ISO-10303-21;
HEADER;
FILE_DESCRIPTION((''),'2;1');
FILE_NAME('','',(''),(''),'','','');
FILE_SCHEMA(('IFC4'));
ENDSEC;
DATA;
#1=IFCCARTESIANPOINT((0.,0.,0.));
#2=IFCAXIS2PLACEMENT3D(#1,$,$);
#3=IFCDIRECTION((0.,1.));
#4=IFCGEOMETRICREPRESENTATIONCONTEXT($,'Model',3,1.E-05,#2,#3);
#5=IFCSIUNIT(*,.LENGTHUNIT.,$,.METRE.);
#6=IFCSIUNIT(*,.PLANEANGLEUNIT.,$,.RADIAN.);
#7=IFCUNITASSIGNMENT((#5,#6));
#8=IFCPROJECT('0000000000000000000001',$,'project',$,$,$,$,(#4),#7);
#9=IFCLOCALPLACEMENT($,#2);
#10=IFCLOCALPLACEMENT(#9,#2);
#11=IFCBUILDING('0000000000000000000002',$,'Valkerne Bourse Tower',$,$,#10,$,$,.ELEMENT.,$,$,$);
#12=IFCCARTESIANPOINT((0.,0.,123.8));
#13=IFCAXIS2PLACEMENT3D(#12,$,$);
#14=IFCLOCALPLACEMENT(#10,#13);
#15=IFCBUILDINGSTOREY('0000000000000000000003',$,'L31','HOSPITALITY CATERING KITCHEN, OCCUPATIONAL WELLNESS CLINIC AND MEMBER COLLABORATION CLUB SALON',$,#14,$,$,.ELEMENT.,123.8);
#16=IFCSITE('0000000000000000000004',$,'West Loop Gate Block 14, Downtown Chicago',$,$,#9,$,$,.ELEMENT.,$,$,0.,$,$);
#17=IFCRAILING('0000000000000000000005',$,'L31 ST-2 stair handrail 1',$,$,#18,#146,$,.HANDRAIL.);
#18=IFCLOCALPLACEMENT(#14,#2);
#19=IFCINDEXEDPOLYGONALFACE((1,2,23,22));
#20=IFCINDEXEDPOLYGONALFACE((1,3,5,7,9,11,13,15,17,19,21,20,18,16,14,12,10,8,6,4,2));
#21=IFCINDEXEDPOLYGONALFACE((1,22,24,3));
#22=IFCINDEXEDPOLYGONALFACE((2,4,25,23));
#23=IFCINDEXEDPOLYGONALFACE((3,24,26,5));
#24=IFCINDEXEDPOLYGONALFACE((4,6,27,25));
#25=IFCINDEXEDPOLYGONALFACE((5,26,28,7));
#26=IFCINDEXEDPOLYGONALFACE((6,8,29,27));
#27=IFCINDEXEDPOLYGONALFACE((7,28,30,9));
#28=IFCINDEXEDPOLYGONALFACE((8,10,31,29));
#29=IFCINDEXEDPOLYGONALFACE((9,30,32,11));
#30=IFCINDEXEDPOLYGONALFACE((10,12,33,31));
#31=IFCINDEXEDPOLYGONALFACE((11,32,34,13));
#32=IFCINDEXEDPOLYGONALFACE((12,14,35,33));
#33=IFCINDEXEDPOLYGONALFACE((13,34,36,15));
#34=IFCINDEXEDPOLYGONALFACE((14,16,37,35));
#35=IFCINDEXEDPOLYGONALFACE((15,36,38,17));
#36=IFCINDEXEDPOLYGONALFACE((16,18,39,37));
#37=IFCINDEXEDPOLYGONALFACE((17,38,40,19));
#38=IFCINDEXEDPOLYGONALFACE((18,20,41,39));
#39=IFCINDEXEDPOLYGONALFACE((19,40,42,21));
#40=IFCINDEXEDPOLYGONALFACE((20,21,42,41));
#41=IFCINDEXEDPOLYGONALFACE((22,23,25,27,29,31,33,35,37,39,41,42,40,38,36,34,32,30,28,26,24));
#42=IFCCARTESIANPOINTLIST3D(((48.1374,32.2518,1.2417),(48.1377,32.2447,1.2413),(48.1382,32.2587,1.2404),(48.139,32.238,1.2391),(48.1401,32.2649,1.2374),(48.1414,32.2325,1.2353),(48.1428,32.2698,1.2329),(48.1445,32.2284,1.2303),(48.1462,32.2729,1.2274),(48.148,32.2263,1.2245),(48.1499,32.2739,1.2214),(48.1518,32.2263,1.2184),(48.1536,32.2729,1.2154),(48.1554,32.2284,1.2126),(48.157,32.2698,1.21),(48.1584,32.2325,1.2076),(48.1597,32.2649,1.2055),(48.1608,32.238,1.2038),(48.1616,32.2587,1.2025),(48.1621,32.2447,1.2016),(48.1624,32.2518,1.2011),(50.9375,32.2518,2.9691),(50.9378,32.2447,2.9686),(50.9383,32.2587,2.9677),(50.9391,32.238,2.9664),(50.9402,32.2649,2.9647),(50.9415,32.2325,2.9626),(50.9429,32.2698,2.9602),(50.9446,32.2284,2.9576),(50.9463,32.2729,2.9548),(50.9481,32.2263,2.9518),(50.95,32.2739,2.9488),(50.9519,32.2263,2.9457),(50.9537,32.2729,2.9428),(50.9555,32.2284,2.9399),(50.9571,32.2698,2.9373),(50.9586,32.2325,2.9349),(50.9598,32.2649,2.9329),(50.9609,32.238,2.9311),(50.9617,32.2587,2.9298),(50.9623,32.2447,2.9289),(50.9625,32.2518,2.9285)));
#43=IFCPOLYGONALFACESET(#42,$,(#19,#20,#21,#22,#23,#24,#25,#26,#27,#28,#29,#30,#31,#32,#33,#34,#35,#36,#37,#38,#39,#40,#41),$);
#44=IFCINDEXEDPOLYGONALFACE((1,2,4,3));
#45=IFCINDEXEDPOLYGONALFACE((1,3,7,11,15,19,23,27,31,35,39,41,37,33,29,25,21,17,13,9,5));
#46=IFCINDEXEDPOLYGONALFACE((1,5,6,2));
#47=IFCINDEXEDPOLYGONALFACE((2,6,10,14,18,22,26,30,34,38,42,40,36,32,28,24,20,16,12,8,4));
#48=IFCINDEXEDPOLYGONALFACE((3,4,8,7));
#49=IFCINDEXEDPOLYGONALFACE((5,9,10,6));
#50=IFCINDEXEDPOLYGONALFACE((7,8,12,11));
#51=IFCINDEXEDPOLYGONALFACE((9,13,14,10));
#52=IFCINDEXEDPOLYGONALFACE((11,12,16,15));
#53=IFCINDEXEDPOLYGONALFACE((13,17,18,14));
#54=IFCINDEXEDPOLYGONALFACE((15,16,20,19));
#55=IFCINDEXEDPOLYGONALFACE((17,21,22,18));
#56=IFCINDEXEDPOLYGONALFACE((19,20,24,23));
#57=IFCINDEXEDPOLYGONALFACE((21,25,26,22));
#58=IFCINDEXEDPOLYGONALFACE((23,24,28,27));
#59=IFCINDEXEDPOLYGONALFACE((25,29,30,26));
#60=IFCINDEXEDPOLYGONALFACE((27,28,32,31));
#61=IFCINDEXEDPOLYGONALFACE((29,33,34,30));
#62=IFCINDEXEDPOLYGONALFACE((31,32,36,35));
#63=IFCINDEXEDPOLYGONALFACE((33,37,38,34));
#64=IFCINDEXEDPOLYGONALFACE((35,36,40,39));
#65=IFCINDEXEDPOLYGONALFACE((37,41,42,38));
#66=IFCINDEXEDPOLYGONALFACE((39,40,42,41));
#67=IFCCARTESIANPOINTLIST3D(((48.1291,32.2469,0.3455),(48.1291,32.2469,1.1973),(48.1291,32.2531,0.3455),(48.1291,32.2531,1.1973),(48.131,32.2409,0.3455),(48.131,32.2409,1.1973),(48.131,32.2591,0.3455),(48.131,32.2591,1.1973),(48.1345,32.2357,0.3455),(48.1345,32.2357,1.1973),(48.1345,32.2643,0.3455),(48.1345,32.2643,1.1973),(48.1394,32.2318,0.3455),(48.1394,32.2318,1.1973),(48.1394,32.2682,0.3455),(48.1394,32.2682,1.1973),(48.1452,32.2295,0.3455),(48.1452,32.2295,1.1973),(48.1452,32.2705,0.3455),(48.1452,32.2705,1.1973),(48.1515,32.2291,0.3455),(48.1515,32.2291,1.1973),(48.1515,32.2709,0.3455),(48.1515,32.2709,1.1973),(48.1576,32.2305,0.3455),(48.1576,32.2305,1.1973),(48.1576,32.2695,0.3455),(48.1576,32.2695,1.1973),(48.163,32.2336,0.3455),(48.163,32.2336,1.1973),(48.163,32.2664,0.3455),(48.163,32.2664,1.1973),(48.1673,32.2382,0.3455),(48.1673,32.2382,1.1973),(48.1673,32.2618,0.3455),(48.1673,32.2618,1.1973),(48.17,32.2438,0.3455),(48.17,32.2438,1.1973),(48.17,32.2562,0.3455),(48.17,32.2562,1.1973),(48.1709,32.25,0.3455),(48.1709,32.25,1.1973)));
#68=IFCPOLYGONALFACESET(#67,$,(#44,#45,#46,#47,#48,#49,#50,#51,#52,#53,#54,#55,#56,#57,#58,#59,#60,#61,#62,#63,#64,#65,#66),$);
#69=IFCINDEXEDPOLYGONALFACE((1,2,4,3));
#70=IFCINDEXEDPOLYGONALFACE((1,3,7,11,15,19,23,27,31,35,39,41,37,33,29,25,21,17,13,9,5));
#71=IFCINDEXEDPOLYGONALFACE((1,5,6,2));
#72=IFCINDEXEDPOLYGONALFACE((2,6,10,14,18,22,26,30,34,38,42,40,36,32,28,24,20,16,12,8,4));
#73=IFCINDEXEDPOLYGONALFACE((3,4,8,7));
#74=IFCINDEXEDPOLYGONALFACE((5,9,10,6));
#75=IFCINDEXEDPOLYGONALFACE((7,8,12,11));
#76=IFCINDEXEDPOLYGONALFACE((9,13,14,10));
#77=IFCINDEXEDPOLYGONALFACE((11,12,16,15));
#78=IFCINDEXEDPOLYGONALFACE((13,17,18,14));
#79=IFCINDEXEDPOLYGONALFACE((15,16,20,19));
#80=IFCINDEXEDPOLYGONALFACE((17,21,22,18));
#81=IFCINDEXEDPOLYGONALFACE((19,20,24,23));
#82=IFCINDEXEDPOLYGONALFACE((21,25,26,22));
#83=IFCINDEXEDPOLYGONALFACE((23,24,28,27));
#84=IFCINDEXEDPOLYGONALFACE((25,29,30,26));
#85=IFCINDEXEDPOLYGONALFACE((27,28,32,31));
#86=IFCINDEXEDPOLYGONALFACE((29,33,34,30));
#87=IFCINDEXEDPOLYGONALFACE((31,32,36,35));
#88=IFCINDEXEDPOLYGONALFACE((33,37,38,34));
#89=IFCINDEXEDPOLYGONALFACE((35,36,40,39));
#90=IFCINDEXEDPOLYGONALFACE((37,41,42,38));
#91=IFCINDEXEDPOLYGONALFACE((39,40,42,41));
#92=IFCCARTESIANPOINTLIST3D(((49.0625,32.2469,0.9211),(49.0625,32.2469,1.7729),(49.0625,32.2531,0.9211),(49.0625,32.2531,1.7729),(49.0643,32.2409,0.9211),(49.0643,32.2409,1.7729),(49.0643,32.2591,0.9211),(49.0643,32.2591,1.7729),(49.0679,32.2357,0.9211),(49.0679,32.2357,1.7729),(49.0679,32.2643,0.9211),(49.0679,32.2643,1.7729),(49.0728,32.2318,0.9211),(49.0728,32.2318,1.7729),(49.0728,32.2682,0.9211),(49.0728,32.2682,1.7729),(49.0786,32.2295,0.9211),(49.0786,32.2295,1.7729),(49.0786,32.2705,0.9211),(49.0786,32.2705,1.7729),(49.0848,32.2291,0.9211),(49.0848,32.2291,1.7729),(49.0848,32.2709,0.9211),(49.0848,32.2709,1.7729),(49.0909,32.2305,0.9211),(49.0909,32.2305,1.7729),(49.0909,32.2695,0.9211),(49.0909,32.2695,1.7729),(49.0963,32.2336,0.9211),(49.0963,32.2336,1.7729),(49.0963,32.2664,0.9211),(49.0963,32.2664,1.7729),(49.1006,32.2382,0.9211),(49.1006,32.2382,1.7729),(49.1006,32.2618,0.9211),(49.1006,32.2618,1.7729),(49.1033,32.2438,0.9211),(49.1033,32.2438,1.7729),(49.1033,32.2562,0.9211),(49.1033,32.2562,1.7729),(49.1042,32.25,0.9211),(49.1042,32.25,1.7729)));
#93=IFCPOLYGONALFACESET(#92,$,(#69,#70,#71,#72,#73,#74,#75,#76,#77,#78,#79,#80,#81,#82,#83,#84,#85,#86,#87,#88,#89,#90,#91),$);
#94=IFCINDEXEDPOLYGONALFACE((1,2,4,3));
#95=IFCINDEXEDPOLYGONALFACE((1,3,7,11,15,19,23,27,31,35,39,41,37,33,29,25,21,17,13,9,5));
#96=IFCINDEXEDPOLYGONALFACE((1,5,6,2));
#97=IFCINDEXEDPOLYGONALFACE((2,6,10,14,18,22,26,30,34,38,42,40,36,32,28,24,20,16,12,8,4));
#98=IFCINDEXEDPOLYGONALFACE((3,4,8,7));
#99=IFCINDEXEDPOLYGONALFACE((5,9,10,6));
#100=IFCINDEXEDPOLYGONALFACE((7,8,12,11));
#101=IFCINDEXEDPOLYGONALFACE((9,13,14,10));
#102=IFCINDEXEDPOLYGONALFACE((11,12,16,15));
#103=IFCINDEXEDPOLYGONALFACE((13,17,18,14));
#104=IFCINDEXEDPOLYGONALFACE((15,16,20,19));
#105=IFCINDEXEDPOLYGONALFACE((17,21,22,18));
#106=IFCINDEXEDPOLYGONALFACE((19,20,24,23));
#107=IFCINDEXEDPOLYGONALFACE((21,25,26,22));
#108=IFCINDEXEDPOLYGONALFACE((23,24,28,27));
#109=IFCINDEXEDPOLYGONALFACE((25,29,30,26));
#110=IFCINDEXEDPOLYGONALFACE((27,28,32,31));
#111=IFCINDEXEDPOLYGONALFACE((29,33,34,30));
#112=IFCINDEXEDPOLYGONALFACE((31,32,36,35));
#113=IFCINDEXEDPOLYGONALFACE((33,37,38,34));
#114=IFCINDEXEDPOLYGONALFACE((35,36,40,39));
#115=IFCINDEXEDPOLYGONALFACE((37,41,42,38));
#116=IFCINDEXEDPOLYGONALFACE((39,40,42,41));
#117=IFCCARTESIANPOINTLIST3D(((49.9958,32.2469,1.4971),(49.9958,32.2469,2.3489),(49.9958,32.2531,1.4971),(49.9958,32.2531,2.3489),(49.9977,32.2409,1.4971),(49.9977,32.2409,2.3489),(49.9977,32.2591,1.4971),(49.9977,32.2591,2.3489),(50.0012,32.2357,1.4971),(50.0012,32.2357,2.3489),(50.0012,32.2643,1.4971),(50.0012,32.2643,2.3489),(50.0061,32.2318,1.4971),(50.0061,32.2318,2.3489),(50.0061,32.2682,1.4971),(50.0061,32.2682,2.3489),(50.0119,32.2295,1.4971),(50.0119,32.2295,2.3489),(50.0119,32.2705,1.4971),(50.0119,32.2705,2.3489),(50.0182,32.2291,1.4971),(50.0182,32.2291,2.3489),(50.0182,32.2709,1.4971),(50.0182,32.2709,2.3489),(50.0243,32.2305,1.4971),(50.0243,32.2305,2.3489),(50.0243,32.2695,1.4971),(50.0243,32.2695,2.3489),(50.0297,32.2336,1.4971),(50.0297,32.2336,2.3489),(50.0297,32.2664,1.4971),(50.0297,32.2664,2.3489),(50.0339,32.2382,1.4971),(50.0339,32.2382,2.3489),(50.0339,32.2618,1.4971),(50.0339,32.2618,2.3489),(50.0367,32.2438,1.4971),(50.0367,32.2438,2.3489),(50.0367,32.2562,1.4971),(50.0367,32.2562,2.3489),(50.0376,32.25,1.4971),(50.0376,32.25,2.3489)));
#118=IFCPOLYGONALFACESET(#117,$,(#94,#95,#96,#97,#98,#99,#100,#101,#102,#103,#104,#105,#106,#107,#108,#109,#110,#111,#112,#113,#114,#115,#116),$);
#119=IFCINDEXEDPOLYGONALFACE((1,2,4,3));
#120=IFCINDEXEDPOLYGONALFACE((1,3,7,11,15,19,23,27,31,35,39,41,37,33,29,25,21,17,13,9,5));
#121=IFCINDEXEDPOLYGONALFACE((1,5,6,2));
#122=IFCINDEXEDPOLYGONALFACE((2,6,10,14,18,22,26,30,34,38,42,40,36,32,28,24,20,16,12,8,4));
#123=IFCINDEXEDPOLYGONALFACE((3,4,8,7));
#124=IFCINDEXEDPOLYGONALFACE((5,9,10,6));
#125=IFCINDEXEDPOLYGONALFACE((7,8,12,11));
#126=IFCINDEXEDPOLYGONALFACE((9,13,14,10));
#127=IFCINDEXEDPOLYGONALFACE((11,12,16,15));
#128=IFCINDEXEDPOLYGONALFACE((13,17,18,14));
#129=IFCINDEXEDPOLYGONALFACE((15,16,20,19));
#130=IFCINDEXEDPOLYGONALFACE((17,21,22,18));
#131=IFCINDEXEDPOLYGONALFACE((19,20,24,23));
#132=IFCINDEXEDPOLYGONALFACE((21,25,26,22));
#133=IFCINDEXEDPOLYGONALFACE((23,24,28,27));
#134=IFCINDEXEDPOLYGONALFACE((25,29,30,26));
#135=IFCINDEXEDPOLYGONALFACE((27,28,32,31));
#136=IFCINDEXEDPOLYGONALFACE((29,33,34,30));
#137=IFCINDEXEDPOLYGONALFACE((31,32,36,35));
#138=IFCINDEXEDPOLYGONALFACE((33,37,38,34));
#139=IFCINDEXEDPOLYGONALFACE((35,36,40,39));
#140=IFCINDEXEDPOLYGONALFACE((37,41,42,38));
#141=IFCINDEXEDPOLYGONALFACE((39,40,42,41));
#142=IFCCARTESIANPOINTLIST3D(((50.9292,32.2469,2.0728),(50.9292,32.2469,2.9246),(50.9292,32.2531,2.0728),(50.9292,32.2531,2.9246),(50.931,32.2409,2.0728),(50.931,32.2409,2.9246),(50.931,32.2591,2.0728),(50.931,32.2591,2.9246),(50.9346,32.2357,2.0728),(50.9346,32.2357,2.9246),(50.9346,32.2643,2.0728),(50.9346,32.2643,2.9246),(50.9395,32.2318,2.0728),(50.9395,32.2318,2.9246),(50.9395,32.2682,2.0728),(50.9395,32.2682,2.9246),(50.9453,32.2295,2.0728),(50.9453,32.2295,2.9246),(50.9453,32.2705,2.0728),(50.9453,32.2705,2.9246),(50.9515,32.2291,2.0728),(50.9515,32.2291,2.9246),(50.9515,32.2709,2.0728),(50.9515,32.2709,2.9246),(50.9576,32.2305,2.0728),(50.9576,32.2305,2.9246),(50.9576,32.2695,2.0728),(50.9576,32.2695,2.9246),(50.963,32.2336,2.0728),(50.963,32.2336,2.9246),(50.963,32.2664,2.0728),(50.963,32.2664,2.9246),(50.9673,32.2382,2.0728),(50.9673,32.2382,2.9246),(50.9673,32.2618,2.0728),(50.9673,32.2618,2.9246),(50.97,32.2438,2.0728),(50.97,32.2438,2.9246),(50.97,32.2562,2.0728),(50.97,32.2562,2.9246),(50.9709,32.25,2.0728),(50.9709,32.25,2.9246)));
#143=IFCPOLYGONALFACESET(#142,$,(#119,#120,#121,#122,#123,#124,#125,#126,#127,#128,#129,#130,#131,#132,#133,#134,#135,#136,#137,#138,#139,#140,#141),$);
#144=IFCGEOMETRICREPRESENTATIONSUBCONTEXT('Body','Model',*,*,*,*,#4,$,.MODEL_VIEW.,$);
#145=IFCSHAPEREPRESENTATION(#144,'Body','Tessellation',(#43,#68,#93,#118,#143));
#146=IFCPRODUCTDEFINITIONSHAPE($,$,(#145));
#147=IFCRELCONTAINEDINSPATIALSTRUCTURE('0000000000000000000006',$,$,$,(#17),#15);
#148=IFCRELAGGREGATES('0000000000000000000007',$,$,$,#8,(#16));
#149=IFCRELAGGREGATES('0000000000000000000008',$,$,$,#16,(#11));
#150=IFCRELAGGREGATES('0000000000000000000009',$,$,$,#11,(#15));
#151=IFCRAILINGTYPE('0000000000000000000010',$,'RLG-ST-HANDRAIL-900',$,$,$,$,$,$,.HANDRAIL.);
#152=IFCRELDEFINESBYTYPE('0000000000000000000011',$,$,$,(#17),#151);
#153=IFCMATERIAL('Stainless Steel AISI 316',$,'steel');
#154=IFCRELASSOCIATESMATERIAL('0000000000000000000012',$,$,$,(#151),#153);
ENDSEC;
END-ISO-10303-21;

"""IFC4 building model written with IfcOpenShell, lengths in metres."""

from ifc_helpers import new_model, si_unit, direction, frame, origin, origin_2d, place, context, subcontext, project, spatial, circle, extrude, material, type_object, element, save


model = new_model("IFC4")

# Units and contexts
model_context = context("Model", 3, precision=1e-05, world=origin(), true_north=direction((0.0, 1.0)))
body_context = subcontext(model_context, "Body", "Model", "MODEL_VIEW")
ifc_project = project(units=[si_unit("LENGTHUNIT", "METRE"), si_unit("PLANEANGLEUNIT", "RADIAN")], contexts=[model_context])

# Site, building, storey
site_placement = place(None, origin())
site = spatial("IfcSite", under=ifc_project, at=site_placement, Name="West Loop Gate Block 14, Downtown Chicago", CompositionType="ELEMENT", RefElevation=0.0)
building_placement = place(site_placement, origin())
building = spatial("IfcBuilding", under=site, at=building_placement, Name="Valkerne Bourse Tower", CompositionType="ELEMENT")
storey_placement = place(building_placement, frame((0.0, 0.0, 123.8)))
storey = spatial("IfcBuildingStorey", under=building, at=storey_placement, Name="L31", Description="HOSPITALITY CATERING KITCHEN, OCCUPATIONAL WELLNESS CLINIC AND MEMBER COLLABORATION CLUB SALON", CompositionType="ELEMENT", Elevation=123.8)

# Shared definitions
ifc_material_1 = material(Name="Stainless Steel AISI 316", Category="steel")

# Railing
railing_type_1 = type_object("IfcRailingType", Name="RLG-ST-HANDRAIL-900", PredefinedType="HANDRAIL", material=ifc_material_1)
railing_1_placement = place(storey_placement, frame((48.1499, 32.25, 0.3455)))
element("IfcRailing", 1, at=railing_1_placement, inside=storey, type_object=railing_type_1, Name="L31 ST-2 stair handrail 1", PredefinedType="HANDRAIL", context=body_context, shape_type="SweptSolid", body=[
    extrude(circle(Radius=0.0239, at=origin_2d()), frame((0.0, 0.0, 0.876), z_axis=(0.85109, 0.0, 0.52502), x_axis=(0.0, 1.0, 0.0)), (0.0, 0.0, 1.0), 3.29),
    extrude(circle(Radius=0.021, at=origin_2d()), origin(), (0.0, 0.0, 1.0), 0.8518),
    extrude(circle(Radius=0.021, at=origin_2d()), frame((0.9333, 0.0, 0.5757)), (0.0, 0.0, 1.0), 0.8518),
    extrude(circle(Radius=0.021, at=origin_2d()), frame((1.8667, 0.0, 1.1516)), (0.0, 0.0, 1.0), 0.8518),
    extrude(circle(Radius=0.021, at=origin_2d()), frame((2.8, 0.0, 1.7273)), (0.0, 0.0, 1.0), 0.8518),
])

save(model, "model.ifc")
